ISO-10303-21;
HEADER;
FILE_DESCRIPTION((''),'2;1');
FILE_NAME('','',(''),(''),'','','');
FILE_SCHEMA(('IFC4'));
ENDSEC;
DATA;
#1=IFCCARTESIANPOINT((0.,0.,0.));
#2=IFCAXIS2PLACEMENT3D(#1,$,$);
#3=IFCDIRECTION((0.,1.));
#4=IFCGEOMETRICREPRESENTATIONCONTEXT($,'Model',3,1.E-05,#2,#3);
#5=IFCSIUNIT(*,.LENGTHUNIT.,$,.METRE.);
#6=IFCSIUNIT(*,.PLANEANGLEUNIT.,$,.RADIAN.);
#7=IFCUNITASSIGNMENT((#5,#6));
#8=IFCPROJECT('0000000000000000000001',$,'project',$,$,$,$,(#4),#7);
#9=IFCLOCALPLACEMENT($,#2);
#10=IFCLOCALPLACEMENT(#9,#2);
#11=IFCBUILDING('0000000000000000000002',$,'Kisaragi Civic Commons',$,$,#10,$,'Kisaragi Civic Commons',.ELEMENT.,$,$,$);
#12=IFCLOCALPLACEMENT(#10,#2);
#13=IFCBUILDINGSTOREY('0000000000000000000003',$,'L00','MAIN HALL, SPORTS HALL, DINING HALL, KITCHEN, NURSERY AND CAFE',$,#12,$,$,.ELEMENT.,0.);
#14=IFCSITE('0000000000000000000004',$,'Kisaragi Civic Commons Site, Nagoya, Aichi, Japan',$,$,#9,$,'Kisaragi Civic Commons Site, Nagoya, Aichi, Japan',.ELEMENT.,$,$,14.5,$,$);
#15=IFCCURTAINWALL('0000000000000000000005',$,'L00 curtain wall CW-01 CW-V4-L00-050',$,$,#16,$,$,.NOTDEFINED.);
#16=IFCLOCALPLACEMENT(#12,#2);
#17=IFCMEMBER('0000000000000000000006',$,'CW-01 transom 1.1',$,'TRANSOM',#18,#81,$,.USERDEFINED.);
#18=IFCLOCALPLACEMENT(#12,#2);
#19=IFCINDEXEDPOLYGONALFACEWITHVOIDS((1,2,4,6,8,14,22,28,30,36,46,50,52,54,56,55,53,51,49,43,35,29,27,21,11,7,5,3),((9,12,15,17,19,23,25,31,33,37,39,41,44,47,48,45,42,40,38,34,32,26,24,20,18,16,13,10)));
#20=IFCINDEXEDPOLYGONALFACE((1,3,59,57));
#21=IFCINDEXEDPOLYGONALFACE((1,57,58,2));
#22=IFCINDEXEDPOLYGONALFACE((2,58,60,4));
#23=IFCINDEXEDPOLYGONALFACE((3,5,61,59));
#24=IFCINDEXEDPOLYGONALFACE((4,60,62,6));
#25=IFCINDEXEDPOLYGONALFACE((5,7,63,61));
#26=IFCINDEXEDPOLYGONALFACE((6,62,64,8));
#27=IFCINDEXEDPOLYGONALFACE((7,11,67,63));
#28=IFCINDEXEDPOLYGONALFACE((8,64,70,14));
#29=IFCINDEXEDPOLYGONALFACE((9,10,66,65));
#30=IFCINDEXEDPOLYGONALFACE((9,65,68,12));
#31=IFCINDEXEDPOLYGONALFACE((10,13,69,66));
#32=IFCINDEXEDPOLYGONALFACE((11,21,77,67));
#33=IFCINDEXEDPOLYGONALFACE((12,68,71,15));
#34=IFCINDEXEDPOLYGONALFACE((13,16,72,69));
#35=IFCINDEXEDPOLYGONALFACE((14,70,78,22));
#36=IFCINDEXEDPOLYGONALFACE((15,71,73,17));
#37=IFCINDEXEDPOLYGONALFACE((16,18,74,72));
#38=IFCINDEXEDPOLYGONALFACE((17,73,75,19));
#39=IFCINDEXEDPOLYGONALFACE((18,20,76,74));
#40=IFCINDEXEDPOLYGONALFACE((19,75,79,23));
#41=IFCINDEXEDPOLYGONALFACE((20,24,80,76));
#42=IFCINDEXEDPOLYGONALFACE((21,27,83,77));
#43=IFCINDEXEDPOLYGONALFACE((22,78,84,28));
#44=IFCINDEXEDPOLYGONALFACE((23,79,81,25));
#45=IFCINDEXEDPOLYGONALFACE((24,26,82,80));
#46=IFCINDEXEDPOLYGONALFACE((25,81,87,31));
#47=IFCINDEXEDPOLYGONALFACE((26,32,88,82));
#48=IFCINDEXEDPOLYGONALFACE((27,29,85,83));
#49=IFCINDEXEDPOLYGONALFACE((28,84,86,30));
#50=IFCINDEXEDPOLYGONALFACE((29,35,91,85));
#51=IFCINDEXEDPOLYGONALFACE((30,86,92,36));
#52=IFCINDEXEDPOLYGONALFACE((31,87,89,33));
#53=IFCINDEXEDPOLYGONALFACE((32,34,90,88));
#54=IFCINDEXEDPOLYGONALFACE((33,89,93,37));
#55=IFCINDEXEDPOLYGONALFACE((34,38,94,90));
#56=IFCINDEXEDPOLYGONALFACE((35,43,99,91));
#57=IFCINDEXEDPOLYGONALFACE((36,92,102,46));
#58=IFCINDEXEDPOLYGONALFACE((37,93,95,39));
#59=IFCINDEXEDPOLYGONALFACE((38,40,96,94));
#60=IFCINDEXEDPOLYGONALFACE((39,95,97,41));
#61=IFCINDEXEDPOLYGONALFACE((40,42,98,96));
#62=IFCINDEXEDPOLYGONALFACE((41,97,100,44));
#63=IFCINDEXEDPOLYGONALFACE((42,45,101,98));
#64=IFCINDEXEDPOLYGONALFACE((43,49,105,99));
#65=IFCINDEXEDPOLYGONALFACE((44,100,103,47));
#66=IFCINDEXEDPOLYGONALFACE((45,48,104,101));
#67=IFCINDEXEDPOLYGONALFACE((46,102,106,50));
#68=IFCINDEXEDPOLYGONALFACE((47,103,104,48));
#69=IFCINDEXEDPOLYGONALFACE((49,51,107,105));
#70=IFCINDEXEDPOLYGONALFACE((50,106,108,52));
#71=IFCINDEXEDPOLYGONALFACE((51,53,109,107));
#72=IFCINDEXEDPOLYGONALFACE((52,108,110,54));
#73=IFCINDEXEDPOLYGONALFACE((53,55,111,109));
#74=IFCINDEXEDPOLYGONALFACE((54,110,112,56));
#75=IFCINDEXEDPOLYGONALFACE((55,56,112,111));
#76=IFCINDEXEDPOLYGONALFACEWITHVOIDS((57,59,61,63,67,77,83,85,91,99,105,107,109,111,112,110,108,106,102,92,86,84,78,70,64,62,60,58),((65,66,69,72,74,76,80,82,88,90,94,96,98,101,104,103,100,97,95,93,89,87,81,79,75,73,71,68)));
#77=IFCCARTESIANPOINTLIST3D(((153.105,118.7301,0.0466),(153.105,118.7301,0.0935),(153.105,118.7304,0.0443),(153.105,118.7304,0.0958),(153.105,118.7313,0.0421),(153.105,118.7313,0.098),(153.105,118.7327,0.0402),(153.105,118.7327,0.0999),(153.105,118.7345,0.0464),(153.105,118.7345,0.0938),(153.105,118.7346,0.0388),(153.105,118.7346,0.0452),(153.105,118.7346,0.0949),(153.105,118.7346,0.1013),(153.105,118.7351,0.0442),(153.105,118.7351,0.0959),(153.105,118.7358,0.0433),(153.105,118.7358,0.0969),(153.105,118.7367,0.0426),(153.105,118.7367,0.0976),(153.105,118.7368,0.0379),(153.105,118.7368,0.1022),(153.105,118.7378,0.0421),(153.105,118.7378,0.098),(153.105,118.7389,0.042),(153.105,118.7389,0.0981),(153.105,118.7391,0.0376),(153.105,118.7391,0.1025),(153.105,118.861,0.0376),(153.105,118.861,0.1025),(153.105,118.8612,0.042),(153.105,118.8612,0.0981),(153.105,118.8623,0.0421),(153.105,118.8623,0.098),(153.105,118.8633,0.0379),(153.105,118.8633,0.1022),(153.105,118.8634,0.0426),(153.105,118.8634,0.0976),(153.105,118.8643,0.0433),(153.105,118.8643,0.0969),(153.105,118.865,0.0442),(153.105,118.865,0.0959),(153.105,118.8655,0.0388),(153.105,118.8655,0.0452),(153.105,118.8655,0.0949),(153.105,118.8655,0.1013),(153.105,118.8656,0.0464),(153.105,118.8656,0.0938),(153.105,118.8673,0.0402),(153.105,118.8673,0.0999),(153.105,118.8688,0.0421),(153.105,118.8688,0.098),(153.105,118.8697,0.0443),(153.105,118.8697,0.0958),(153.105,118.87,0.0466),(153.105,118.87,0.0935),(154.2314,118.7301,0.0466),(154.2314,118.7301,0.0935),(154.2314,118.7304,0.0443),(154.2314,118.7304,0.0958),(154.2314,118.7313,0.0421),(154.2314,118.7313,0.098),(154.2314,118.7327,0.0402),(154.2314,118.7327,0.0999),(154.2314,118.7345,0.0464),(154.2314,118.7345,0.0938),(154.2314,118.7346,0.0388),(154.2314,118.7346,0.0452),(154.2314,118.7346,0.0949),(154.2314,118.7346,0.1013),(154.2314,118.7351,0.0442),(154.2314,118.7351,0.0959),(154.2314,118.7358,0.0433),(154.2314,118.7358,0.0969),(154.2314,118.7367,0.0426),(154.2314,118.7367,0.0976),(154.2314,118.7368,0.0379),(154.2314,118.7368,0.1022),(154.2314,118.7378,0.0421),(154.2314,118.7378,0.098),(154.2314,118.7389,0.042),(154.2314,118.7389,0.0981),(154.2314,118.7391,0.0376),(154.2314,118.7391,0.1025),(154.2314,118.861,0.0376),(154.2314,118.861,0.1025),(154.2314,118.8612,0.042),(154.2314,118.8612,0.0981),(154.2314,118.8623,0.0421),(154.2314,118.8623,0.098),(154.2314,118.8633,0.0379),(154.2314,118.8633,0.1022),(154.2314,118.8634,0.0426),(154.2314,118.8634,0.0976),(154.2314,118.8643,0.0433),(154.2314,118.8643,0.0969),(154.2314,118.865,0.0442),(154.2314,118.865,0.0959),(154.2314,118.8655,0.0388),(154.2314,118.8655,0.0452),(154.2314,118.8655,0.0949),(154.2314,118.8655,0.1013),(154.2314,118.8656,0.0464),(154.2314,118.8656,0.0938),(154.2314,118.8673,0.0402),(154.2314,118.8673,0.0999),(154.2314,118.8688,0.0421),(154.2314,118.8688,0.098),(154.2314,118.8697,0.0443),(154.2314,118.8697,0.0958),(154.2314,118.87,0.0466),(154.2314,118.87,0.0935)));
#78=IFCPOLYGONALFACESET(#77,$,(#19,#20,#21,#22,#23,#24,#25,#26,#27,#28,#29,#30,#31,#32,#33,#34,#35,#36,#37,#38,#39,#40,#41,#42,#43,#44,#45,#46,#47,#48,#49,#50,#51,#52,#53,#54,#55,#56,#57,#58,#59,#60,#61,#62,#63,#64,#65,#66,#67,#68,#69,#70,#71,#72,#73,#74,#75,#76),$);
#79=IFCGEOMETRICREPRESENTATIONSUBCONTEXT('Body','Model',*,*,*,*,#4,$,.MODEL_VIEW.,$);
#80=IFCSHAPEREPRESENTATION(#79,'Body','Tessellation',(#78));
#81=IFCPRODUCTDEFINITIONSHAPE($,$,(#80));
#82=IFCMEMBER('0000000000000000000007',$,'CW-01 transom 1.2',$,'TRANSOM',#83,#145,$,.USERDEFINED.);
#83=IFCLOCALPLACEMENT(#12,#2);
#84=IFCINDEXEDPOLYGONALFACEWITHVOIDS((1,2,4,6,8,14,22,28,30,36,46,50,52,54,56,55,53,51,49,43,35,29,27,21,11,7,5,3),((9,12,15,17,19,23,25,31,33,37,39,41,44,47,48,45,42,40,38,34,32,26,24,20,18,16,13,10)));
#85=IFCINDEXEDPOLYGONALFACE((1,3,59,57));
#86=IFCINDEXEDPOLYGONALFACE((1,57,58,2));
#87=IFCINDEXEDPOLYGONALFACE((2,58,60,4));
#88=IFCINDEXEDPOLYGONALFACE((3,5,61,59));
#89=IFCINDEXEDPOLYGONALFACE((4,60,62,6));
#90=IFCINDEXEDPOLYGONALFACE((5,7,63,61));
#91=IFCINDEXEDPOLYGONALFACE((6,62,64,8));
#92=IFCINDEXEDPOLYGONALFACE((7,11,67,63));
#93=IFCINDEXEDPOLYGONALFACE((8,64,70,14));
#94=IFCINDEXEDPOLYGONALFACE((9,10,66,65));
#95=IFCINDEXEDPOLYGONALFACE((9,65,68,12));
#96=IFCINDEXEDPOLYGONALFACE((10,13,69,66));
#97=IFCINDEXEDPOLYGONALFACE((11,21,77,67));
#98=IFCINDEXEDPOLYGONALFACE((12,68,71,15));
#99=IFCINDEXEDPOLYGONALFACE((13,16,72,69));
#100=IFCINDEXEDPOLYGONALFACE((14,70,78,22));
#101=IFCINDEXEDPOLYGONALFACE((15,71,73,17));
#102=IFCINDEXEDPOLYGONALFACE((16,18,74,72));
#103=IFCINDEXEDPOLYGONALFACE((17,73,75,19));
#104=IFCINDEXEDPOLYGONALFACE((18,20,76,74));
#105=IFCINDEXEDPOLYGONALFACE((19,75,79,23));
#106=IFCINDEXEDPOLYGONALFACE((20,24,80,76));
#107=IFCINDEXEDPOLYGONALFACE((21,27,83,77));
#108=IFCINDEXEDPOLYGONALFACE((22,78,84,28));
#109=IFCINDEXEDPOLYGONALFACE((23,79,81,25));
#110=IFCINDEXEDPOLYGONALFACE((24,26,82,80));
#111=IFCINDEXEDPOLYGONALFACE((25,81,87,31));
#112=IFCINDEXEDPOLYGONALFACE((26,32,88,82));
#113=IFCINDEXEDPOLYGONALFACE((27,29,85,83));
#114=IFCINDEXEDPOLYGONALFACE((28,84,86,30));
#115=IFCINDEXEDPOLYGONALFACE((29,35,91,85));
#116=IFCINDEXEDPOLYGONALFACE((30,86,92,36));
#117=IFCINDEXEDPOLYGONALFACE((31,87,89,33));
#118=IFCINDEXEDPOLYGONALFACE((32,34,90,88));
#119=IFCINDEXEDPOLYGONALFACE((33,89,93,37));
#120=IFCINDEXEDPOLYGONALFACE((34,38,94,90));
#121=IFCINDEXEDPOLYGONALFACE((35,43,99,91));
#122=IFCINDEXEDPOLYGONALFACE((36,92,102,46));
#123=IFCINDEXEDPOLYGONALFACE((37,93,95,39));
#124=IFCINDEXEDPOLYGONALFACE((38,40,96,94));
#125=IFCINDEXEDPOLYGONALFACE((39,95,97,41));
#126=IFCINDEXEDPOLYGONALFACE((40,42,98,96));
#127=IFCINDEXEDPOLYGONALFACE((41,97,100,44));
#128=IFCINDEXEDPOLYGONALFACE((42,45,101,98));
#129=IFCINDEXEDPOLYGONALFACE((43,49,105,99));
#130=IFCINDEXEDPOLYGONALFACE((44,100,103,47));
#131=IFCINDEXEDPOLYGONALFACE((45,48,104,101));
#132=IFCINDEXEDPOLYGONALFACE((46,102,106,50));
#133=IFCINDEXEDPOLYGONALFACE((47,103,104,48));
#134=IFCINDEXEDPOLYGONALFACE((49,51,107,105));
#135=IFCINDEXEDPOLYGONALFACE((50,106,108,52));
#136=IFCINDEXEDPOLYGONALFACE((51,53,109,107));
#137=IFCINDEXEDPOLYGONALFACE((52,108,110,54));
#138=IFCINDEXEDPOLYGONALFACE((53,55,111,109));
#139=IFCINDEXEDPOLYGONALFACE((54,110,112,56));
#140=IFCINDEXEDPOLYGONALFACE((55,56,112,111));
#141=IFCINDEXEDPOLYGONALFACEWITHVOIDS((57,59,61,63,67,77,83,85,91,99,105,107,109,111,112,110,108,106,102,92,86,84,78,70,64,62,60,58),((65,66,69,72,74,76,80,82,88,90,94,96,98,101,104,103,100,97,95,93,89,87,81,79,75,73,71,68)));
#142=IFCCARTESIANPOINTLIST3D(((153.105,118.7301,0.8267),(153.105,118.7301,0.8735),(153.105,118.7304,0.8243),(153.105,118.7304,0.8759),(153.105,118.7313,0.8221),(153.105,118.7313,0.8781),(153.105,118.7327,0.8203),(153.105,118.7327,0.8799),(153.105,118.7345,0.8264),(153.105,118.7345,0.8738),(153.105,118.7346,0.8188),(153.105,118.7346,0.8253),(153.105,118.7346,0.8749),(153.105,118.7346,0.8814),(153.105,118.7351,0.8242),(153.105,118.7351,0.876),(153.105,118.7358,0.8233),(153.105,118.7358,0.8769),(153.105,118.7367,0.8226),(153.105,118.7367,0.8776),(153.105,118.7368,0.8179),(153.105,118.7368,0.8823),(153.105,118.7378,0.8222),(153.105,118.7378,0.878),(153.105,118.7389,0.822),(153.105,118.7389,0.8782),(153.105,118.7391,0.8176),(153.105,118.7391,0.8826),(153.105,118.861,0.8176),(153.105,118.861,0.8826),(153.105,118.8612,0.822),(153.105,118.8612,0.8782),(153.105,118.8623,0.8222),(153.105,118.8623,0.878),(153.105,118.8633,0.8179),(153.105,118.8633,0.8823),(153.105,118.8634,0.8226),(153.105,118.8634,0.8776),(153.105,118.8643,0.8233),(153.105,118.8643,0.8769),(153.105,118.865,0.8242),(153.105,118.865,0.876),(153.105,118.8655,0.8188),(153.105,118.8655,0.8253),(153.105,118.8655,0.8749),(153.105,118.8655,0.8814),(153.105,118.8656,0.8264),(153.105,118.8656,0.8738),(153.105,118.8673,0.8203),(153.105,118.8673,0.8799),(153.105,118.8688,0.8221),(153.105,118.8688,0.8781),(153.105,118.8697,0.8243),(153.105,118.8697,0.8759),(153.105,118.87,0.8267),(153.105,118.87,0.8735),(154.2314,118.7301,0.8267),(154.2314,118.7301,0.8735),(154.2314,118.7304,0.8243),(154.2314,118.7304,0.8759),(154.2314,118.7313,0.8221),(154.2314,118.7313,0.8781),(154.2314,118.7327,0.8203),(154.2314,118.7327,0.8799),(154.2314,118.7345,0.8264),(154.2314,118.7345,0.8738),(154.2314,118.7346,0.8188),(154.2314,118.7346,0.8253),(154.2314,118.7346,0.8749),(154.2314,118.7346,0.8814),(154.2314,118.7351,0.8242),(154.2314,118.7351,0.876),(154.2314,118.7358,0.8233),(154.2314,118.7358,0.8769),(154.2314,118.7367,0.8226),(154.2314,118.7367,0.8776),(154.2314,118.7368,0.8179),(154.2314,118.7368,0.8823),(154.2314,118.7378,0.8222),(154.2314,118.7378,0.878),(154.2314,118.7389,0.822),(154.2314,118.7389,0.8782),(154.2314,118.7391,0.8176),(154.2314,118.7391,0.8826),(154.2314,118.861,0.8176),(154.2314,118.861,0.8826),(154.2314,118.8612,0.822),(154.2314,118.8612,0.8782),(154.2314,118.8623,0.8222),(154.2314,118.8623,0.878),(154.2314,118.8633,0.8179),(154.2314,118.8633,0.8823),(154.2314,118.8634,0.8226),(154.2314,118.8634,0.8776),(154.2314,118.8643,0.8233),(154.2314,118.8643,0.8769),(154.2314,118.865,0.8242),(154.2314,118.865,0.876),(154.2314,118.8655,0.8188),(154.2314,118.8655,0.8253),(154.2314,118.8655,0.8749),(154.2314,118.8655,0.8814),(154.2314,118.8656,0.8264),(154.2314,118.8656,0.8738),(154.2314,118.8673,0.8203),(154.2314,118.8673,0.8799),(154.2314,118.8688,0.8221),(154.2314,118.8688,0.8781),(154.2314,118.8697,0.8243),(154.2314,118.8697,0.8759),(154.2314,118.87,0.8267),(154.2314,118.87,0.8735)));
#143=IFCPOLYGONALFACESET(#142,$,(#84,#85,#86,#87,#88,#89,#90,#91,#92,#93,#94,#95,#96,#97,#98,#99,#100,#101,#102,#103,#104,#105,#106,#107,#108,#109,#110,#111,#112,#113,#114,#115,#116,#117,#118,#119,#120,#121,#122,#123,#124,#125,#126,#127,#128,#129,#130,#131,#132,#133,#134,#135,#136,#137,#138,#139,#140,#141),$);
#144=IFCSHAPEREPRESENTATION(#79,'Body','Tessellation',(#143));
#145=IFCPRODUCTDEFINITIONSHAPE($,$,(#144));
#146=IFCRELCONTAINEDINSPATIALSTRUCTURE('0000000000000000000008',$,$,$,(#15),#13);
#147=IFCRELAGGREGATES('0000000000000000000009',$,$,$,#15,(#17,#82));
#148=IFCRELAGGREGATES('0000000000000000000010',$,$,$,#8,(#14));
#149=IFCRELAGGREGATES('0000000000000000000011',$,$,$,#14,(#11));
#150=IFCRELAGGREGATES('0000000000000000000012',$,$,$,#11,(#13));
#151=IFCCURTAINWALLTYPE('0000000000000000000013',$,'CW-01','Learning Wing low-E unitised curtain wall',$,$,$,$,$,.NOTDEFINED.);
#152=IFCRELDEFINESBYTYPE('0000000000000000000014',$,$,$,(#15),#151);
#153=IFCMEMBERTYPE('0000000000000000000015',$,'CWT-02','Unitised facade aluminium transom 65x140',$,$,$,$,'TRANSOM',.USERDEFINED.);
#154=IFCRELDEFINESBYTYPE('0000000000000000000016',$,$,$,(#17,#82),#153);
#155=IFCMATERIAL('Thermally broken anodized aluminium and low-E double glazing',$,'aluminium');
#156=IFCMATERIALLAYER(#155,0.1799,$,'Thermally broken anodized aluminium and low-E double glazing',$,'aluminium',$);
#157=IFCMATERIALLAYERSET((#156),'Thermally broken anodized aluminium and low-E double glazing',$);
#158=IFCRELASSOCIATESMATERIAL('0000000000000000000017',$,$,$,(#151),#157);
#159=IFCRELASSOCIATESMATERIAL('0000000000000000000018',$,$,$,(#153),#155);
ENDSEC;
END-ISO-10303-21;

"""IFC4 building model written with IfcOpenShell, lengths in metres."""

from ifc_helpers import new_model, si_unit, direction, frame, origin, origin_2d, place, context, subcontext, project, spatial, hollow_rectangle, extrude, material, layer, layer_set, material_profile, profile_set, type_object, element, aggregate, save


model = new_model("IFC4")

# Units and contexts
model_context = context("Model", 3, precision=1e-05, world=origin(), true_north=direction((0.0, 1.0)))
body_context = subcontext(model_context, "Body", "Model", "MODEL_VIEW")
ifc_project = project(units=[si_unit("LENGTHUNIT", "METRE"), si_unit("PLANEANGLEUNIT", "RADIAN")], contexts=[model_context])

# Site, building, storey
site_placement = place(None, origin())
site = spatial("IfcSite", under=ifc_project, at=site_placement, Name="Kisaragi Civic Commons Site, Nagoya, Aichi, Japan", LongName="Kisaragi Civic Commons Site, Nagoya, Aichi, Japan", CompositionType="ELEMENT", RefElevation=14.5)
building_placement = place(site_placement, origin())
building = spatial("IfcBuilding", under=site, at=building_placement, Name="Kisaragi Civic Commons", LongName="Kisaragi Civic Commons", CompositionType="ELEMENT")
storey_placement = place(building_placement, origin())
storey = spatial("IfcBuildingStorey", under=building, at=storey_placement, Name="L00", Description="MAIN HALL, SPORTS HALL, DINING HALL, KITCHEN, NURSERY AND CAFE", CompositionType="ELEMENT", Elevation=0.0)

# Curtain wall
ifc_material_1 = material(Name="Thermally broken anodized aluminium and low-E double glazing", Category="aluminium")
ifc_layer_1 = layer(ifc_material_1, 0.1799, Name="Thermally broken anodized aluminium and low-E double glazing", Category="aluminium")
ifc_layer_set_1 = layer_set([ifc_layer_1], Name="Thermally broken anodized aluminium and low-E double glazing")
curtain_wall_type = type_object("IfcCurtainWallType", Name="CW-01", Description="Learning Wing low-E unitised curtain wall", PredefinedType="NOTDEFINED", material=ifc_layer_set_1)
curtain_wall_1_placement = place(storey_placement, origin())
curtain_wall_1 = element("IfcCurtainWall", 1, at=curtain_wall_1_placement, inside=storey, type_object=curtain_wall_type, Name="L00 curtain wall CW-01 CW-V4-L00-050", PredefinedType="NOTDEFINED")

# Members
ifc_material_profile_1 = material_profile(ifc_material_1, hollow_rectangle(XDim=0.1399, YDim=0.0649, WallThickness=0.0044, InnerFilletRadius=0.0044, OuterFilletRadius=0.009, at=origin_2d()), Name="CWT-65x140x4.5", Category="aluminium")
ifc_profile_set_1 = profile_set([ifc_material_profile_1], Name="Thermally broken anodized aluminium and low-E double glazing")
member_type_1 = type_object("IfcMemberType", Name="CWT-02", Description="Unitised facade aluminium transom 65x140", ElementType="TRANSOM", PredefinedType="USERDEFINED", material=ifc_profile_set_1)
member_1_placement = place(storey_placement, frame((153.105, 118.8, 0.0701), z_axis=(1.0, 0.0, 0.0), x_axis=(0.0, 1.0, 0.0)))
member_1 = element("IfcMember", 2, at=member_1_placement, type_object=member_type_1, Name="CW-01 transom 1.1", ObjectType="TRANSOM", PredefinedType="USERDEFINED", context=body_context, shape_type="SweptSolid", body=[
    extrude(hollow_rectangle(XDim=0.1399, YDim=0.0649, WallThickness=0.0044, InnerFilletRadius=0.0044, OuterFilletRadius=0.009, at=origin_2d()), origin(), (0.0, 0.0, 1.0), 1.1265),
])
member_2_placement = place(storey_placement, frame((153.105, 118.8, 0.8501), z_axis=(1.0, 0.0, 0.0), x_axis=(0.0, 1.0, 0.0)))
member_2 = element("IfcMember", 3, at=member_2_placement, type_object=member_type_1, Name="CW-01 transom 1.2", ObjectType="TRANSOM", PredefinedType="USERDEFINED", context=body_context, shape_type="SweptSolid", body=[
    extrude(hollow_rectangle(XDim=0.1399, YDim=0.0649, WallThickness=0.0044, InnerFilletRadius=0.0044, OuterFilletRadius=0.009, at=origin_2d()), origin(), (0.0, 0.0, 1.0), 1.1265),
])

aggregate(curtain_wall_1, [member_1, member_2])

save(model, "model.ifc")
